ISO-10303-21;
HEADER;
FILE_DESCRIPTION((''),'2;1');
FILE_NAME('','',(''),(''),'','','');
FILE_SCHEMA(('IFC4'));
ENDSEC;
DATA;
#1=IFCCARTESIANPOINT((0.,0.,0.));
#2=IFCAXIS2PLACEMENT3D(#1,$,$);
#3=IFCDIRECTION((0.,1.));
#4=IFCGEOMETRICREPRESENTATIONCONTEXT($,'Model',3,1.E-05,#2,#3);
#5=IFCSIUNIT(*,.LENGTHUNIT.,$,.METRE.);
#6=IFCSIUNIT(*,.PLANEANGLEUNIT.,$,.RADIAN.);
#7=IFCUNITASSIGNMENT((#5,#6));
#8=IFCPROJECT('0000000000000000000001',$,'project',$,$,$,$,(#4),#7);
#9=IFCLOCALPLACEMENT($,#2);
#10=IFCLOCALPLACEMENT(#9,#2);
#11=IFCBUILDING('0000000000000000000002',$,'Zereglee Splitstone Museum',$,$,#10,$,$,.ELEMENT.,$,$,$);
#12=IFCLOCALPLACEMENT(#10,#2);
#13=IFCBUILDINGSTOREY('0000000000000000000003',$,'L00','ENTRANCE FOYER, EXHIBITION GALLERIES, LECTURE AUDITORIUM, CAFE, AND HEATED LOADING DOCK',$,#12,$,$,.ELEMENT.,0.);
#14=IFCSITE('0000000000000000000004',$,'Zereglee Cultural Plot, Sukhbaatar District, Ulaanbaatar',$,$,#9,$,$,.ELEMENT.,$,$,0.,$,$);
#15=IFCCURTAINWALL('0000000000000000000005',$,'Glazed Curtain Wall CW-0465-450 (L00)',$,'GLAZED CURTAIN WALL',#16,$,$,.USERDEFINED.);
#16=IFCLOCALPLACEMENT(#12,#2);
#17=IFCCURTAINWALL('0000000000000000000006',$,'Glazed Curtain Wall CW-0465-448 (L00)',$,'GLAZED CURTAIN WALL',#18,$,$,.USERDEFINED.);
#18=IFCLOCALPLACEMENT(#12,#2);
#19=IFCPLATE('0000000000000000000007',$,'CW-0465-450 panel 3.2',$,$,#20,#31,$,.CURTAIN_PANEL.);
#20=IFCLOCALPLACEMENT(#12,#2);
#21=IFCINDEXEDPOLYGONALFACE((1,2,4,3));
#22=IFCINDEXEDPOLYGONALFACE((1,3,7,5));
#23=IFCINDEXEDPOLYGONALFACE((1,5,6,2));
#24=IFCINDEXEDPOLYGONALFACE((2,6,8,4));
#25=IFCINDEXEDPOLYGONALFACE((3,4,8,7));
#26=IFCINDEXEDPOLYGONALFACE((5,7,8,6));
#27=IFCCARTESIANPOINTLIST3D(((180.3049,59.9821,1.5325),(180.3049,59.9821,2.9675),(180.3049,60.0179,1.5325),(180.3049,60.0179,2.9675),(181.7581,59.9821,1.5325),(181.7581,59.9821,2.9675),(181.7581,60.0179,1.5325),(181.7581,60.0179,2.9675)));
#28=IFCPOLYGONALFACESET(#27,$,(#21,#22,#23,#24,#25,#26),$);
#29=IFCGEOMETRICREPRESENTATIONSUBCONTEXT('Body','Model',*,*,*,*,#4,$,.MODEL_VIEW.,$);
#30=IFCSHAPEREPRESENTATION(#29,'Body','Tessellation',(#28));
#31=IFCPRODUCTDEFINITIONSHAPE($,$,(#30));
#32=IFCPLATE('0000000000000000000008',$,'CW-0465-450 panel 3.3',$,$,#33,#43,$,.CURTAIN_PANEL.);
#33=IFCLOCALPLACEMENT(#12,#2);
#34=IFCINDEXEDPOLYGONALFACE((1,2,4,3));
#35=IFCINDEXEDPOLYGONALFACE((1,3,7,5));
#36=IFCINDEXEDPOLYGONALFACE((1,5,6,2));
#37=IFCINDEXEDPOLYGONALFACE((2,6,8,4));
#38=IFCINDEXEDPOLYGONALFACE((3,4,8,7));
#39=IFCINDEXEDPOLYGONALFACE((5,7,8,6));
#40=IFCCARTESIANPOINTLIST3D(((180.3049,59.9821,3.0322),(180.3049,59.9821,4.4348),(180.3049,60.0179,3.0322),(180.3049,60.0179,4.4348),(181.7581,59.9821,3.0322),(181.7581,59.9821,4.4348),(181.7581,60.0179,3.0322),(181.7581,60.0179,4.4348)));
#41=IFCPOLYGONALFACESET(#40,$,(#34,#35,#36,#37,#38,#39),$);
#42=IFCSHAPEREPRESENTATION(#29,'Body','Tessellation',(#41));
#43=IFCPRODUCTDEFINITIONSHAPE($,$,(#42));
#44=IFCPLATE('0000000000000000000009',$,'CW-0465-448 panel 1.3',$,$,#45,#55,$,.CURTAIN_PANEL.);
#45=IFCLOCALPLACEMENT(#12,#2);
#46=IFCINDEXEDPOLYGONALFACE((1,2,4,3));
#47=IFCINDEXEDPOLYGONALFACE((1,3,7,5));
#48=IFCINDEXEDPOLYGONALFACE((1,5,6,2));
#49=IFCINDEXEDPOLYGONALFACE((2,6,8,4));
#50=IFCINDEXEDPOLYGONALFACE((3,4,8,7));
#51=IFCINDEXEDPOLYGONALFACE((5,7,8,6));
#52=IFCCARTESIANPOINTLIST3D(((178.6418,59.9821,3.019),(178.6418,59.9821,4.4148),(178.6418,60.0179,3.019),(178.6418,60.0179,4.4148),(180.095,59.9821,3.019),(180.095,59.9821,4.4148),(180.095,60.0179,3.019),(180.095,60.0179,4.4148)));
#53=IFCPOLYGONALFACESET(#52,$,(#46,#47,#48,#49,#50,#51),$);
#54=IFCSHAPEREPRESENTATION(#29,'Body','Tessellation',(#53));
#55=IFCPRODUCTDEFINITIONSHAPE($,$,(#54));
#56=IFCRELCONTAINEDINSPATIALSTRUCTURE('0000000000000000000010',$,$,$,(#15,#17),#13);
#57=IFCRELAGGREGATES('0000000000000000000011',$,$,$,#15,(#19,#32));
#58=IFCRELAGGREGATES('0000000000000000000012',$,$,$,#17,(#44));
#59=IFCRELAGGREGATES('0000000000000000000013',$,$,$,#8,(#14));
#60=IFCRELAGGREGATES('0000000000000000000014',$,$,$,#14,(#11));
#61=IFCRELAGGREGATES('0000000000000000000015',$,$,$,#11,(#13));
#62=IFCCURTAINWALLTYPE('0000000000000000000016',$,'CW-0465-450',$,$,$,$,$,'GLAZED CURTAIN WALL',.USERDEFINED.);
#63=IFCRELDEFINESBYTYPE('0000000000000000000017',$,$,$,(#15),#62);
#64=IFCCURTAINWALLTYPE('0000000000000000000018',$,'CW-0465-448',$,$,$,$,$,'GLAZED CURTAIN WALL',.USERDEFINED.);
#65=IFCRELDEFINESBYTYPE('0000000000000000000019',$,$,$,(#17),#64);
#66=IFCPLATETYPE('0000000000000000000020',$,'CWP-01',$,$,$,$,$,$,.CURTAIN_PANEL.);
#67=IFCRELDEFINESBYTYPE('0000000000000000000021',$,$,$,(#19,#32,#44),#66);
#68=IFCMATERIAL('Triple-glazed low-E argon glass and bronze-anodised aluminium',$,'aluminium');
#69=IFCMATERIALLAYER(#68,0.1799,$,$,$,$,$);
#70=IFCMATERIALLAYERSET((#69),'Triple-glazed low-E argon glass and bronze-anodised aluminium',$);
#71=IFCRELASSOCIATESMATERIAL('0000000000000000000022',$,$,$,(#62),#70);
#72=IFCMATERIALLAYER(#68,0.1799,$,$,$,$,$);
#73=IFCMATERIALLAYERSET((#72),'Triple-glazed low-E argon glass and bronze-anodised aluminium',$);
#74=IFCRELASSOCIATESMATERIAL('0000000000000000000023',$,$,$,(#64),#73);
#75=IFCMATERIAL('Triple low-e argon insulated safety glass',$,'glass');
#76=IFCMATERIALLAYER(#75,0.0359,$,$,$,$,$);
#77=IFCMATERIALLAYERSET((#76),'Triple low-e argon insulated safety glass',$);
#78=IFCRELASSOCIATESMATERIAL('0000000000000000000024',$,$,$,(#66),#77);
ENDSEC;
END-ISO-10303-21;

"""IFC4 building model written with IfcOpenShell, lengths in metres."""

from ifc_helpers import new_model, si_unit, direction, frame, origin, origin_2d, place, context, subcontext, project, spatial, rectangle, extrude, material, layer, layer_set, type_object, element, aggregate, save


model = new_model("IFC4")

# Units and contexts
model_context = context("Model", 3, precision=1e-05, world=origin(), true_north=direction((0.0, 1.0)))
body_context = subcontext(model_context, "Body", "Model", "MODEL_VIEW")
ifc_project = project(units=[si_unit("LENGTHUNIT", "METRE"), si_unit("PLANEANGLEUNIT", "RADIAN")], contexts=[model_context])

# Site, building, storey
site_placement = place(None, origin())
site = spatial("IfcSite", under=ifc_project, at=site_placement, Name="Zereglee Cultural Plot, Sukhbaatar District, Ulaanbaatar", CompositionType="ELEMENT", RefElevation=0.0)
building_placement = place(site_placement, origin())
building = spatial("IfcBuilding", under=site, at=building_placement, Name="Zereglee Splitstone Museum", CompositionType="ELEMENT")
storey_placement = place(building_placement, origin())
storey = spatial("IfcBuildingStorey", under=building, at=storey_placement, Name="L00", Description="ENTRANCE FOYER, EXHIBITION GALLERIES, LECTURE AUDITORIUM, CAFE, AND HEATED LOADING DOCK", CompositionType="ELEMENT", Elevation=0.0)

# Curtain wall
ifc_material_1 = material(Name="Triple-glazed low-E argon glass and bronze-anodised aluminium", Category="aluminium")
ifc_layer_1 = layer(ifc_material_1, 0.1799)
ifc_layer_set_1 = layer_set([ifc_layer_1], Name="Triple-glazed low-E argon glass and bronze-anodised aluminium")
curtain_wall_type_1 = type_object("IfcCurtainWallType", Name="CW-0465-450", ElementType="GLAZED CURTAIN WALL", PredefinedType="USERDEFINED", material=ifc_layer_set_1)
curtain_wall_1_placement = place(storey_placement, origin())
curtain_wall_1 = element("IfcCurtainWall", 1, at=curtain_wall_1_placement, inside=storey, type_object=curtain_wall_type_1, Name="Glazed Curtain Wall CW-0465-450 (L00)", ObjectType="GLAZED CURTAIN WALL", PredefinedType="USERDEFINED")

# Curtain wall
ifc_layer_2 = layer(ifc_material_1, 0.1799)
ifc_layer_set_2 = layer_set([ifc_layer_2], Name="Triple-glazed low-E argon glass and bronze-anodised aluminium")
curtain_wall_type_2 = type_object("IfcCurtainWallType", Name="CW-0465-448", ElementType="GLAZED CURTAIN WALL", PredefinedType="USERDEFINED", material=ifc_layer_set_2)
curtain_wall_2_placement = place(storey_placement, origin())
curtain_wall_2 = element("IfcCurtainWall", 2, at=curtain_wall_2_placement, inside=storey, type_object=curtain_wall_type_2, Name="Glazed Curtain Wall CW-0465-448 (L00)", ObjectType="GLAZED CURTAIN WALL", PredefinedType="USERDEFINED")

# Plates
ifc_material_2 = material(Name="Triple low-e argon insulated safety glass", Category="glass")
ifc_layer_3 = layer(ifc_material_2, 0.0359)
ifc_layer_set_3 = layer_set([ifc_layer_3], Name="Triple low-e argon insulated safety glass")
plate_type = type_object("IfcPlateType", Name="CWP-01", PredefinedType="CURTAIN_PANEL", material=ifc_layer_set_3)
plate_1_placement = place(storey_placement, frame((181.0315, 60.0, 1.5325), z_axis=(0.0, 0.0, 1.0), x_axis=(-1.0, 0.0, 0.0)))
plate_1 = element("IfcPlate", 3, at=plate_1_placement, type_object=plate_type, Name="CW-0465-450 panel 3.2", PredefinedType="CURTAIN_PANEL", context=body_context, shape_type="SweptSolid", body=[
    extrude(rectangle(XDim=1.4531, YDim=0.0359, at=origin_2d()), origin(), (0.0, 0.0, 1.0), 1.4351),
])
plate_2_placement = place(storey_placement, frame((181.0315, 60.0, 3.0322), z_axis=(0.0, 0.0, 1.0), x_axis=(-1.0, 0.0, 0.0)))
plate_2 = element("IfcPlate", 4, at=plate_2_placement, type_object=plate_type, Name="CW-0465-450 panel 3.3", PredefinedType="CURTAIN_PANEL", context=body_context, shape_type="SweptSolid", body=[
    extrude(rectangle(XDim=1.4531, YDim=0.0359, at=origin_2d()), origin(), (0.0, 0.0, 1.0), 1.4026),
])
aggregate(curtain_wall_1, [plate_1, plate_2])
plate_3_placement = place(storey_placement, frame((179.3684, 60.0, 3.019), z_axis=(0.0, 0.0, 1.0), x_axis=(-1.0, 0.0, 0.0)))
plate_3 = element("IfcPlate", 5, at=plate_3_placement, type_object=plate_type, Name="CW-0465-448 panel 1.3", PredefinedType="CURTAIN_PANEL", context=body_context, shape_type="SweptSolid", body=[
    extrude(rectangle(XDim=1.4531, YDim=0.0359, at=origin_2d()), origin(), (0.0, 0.0, 1.0), 1.3958),
])
aggregate(curtain_wall_2, [plate_3])

save(model, "model.ifc")
